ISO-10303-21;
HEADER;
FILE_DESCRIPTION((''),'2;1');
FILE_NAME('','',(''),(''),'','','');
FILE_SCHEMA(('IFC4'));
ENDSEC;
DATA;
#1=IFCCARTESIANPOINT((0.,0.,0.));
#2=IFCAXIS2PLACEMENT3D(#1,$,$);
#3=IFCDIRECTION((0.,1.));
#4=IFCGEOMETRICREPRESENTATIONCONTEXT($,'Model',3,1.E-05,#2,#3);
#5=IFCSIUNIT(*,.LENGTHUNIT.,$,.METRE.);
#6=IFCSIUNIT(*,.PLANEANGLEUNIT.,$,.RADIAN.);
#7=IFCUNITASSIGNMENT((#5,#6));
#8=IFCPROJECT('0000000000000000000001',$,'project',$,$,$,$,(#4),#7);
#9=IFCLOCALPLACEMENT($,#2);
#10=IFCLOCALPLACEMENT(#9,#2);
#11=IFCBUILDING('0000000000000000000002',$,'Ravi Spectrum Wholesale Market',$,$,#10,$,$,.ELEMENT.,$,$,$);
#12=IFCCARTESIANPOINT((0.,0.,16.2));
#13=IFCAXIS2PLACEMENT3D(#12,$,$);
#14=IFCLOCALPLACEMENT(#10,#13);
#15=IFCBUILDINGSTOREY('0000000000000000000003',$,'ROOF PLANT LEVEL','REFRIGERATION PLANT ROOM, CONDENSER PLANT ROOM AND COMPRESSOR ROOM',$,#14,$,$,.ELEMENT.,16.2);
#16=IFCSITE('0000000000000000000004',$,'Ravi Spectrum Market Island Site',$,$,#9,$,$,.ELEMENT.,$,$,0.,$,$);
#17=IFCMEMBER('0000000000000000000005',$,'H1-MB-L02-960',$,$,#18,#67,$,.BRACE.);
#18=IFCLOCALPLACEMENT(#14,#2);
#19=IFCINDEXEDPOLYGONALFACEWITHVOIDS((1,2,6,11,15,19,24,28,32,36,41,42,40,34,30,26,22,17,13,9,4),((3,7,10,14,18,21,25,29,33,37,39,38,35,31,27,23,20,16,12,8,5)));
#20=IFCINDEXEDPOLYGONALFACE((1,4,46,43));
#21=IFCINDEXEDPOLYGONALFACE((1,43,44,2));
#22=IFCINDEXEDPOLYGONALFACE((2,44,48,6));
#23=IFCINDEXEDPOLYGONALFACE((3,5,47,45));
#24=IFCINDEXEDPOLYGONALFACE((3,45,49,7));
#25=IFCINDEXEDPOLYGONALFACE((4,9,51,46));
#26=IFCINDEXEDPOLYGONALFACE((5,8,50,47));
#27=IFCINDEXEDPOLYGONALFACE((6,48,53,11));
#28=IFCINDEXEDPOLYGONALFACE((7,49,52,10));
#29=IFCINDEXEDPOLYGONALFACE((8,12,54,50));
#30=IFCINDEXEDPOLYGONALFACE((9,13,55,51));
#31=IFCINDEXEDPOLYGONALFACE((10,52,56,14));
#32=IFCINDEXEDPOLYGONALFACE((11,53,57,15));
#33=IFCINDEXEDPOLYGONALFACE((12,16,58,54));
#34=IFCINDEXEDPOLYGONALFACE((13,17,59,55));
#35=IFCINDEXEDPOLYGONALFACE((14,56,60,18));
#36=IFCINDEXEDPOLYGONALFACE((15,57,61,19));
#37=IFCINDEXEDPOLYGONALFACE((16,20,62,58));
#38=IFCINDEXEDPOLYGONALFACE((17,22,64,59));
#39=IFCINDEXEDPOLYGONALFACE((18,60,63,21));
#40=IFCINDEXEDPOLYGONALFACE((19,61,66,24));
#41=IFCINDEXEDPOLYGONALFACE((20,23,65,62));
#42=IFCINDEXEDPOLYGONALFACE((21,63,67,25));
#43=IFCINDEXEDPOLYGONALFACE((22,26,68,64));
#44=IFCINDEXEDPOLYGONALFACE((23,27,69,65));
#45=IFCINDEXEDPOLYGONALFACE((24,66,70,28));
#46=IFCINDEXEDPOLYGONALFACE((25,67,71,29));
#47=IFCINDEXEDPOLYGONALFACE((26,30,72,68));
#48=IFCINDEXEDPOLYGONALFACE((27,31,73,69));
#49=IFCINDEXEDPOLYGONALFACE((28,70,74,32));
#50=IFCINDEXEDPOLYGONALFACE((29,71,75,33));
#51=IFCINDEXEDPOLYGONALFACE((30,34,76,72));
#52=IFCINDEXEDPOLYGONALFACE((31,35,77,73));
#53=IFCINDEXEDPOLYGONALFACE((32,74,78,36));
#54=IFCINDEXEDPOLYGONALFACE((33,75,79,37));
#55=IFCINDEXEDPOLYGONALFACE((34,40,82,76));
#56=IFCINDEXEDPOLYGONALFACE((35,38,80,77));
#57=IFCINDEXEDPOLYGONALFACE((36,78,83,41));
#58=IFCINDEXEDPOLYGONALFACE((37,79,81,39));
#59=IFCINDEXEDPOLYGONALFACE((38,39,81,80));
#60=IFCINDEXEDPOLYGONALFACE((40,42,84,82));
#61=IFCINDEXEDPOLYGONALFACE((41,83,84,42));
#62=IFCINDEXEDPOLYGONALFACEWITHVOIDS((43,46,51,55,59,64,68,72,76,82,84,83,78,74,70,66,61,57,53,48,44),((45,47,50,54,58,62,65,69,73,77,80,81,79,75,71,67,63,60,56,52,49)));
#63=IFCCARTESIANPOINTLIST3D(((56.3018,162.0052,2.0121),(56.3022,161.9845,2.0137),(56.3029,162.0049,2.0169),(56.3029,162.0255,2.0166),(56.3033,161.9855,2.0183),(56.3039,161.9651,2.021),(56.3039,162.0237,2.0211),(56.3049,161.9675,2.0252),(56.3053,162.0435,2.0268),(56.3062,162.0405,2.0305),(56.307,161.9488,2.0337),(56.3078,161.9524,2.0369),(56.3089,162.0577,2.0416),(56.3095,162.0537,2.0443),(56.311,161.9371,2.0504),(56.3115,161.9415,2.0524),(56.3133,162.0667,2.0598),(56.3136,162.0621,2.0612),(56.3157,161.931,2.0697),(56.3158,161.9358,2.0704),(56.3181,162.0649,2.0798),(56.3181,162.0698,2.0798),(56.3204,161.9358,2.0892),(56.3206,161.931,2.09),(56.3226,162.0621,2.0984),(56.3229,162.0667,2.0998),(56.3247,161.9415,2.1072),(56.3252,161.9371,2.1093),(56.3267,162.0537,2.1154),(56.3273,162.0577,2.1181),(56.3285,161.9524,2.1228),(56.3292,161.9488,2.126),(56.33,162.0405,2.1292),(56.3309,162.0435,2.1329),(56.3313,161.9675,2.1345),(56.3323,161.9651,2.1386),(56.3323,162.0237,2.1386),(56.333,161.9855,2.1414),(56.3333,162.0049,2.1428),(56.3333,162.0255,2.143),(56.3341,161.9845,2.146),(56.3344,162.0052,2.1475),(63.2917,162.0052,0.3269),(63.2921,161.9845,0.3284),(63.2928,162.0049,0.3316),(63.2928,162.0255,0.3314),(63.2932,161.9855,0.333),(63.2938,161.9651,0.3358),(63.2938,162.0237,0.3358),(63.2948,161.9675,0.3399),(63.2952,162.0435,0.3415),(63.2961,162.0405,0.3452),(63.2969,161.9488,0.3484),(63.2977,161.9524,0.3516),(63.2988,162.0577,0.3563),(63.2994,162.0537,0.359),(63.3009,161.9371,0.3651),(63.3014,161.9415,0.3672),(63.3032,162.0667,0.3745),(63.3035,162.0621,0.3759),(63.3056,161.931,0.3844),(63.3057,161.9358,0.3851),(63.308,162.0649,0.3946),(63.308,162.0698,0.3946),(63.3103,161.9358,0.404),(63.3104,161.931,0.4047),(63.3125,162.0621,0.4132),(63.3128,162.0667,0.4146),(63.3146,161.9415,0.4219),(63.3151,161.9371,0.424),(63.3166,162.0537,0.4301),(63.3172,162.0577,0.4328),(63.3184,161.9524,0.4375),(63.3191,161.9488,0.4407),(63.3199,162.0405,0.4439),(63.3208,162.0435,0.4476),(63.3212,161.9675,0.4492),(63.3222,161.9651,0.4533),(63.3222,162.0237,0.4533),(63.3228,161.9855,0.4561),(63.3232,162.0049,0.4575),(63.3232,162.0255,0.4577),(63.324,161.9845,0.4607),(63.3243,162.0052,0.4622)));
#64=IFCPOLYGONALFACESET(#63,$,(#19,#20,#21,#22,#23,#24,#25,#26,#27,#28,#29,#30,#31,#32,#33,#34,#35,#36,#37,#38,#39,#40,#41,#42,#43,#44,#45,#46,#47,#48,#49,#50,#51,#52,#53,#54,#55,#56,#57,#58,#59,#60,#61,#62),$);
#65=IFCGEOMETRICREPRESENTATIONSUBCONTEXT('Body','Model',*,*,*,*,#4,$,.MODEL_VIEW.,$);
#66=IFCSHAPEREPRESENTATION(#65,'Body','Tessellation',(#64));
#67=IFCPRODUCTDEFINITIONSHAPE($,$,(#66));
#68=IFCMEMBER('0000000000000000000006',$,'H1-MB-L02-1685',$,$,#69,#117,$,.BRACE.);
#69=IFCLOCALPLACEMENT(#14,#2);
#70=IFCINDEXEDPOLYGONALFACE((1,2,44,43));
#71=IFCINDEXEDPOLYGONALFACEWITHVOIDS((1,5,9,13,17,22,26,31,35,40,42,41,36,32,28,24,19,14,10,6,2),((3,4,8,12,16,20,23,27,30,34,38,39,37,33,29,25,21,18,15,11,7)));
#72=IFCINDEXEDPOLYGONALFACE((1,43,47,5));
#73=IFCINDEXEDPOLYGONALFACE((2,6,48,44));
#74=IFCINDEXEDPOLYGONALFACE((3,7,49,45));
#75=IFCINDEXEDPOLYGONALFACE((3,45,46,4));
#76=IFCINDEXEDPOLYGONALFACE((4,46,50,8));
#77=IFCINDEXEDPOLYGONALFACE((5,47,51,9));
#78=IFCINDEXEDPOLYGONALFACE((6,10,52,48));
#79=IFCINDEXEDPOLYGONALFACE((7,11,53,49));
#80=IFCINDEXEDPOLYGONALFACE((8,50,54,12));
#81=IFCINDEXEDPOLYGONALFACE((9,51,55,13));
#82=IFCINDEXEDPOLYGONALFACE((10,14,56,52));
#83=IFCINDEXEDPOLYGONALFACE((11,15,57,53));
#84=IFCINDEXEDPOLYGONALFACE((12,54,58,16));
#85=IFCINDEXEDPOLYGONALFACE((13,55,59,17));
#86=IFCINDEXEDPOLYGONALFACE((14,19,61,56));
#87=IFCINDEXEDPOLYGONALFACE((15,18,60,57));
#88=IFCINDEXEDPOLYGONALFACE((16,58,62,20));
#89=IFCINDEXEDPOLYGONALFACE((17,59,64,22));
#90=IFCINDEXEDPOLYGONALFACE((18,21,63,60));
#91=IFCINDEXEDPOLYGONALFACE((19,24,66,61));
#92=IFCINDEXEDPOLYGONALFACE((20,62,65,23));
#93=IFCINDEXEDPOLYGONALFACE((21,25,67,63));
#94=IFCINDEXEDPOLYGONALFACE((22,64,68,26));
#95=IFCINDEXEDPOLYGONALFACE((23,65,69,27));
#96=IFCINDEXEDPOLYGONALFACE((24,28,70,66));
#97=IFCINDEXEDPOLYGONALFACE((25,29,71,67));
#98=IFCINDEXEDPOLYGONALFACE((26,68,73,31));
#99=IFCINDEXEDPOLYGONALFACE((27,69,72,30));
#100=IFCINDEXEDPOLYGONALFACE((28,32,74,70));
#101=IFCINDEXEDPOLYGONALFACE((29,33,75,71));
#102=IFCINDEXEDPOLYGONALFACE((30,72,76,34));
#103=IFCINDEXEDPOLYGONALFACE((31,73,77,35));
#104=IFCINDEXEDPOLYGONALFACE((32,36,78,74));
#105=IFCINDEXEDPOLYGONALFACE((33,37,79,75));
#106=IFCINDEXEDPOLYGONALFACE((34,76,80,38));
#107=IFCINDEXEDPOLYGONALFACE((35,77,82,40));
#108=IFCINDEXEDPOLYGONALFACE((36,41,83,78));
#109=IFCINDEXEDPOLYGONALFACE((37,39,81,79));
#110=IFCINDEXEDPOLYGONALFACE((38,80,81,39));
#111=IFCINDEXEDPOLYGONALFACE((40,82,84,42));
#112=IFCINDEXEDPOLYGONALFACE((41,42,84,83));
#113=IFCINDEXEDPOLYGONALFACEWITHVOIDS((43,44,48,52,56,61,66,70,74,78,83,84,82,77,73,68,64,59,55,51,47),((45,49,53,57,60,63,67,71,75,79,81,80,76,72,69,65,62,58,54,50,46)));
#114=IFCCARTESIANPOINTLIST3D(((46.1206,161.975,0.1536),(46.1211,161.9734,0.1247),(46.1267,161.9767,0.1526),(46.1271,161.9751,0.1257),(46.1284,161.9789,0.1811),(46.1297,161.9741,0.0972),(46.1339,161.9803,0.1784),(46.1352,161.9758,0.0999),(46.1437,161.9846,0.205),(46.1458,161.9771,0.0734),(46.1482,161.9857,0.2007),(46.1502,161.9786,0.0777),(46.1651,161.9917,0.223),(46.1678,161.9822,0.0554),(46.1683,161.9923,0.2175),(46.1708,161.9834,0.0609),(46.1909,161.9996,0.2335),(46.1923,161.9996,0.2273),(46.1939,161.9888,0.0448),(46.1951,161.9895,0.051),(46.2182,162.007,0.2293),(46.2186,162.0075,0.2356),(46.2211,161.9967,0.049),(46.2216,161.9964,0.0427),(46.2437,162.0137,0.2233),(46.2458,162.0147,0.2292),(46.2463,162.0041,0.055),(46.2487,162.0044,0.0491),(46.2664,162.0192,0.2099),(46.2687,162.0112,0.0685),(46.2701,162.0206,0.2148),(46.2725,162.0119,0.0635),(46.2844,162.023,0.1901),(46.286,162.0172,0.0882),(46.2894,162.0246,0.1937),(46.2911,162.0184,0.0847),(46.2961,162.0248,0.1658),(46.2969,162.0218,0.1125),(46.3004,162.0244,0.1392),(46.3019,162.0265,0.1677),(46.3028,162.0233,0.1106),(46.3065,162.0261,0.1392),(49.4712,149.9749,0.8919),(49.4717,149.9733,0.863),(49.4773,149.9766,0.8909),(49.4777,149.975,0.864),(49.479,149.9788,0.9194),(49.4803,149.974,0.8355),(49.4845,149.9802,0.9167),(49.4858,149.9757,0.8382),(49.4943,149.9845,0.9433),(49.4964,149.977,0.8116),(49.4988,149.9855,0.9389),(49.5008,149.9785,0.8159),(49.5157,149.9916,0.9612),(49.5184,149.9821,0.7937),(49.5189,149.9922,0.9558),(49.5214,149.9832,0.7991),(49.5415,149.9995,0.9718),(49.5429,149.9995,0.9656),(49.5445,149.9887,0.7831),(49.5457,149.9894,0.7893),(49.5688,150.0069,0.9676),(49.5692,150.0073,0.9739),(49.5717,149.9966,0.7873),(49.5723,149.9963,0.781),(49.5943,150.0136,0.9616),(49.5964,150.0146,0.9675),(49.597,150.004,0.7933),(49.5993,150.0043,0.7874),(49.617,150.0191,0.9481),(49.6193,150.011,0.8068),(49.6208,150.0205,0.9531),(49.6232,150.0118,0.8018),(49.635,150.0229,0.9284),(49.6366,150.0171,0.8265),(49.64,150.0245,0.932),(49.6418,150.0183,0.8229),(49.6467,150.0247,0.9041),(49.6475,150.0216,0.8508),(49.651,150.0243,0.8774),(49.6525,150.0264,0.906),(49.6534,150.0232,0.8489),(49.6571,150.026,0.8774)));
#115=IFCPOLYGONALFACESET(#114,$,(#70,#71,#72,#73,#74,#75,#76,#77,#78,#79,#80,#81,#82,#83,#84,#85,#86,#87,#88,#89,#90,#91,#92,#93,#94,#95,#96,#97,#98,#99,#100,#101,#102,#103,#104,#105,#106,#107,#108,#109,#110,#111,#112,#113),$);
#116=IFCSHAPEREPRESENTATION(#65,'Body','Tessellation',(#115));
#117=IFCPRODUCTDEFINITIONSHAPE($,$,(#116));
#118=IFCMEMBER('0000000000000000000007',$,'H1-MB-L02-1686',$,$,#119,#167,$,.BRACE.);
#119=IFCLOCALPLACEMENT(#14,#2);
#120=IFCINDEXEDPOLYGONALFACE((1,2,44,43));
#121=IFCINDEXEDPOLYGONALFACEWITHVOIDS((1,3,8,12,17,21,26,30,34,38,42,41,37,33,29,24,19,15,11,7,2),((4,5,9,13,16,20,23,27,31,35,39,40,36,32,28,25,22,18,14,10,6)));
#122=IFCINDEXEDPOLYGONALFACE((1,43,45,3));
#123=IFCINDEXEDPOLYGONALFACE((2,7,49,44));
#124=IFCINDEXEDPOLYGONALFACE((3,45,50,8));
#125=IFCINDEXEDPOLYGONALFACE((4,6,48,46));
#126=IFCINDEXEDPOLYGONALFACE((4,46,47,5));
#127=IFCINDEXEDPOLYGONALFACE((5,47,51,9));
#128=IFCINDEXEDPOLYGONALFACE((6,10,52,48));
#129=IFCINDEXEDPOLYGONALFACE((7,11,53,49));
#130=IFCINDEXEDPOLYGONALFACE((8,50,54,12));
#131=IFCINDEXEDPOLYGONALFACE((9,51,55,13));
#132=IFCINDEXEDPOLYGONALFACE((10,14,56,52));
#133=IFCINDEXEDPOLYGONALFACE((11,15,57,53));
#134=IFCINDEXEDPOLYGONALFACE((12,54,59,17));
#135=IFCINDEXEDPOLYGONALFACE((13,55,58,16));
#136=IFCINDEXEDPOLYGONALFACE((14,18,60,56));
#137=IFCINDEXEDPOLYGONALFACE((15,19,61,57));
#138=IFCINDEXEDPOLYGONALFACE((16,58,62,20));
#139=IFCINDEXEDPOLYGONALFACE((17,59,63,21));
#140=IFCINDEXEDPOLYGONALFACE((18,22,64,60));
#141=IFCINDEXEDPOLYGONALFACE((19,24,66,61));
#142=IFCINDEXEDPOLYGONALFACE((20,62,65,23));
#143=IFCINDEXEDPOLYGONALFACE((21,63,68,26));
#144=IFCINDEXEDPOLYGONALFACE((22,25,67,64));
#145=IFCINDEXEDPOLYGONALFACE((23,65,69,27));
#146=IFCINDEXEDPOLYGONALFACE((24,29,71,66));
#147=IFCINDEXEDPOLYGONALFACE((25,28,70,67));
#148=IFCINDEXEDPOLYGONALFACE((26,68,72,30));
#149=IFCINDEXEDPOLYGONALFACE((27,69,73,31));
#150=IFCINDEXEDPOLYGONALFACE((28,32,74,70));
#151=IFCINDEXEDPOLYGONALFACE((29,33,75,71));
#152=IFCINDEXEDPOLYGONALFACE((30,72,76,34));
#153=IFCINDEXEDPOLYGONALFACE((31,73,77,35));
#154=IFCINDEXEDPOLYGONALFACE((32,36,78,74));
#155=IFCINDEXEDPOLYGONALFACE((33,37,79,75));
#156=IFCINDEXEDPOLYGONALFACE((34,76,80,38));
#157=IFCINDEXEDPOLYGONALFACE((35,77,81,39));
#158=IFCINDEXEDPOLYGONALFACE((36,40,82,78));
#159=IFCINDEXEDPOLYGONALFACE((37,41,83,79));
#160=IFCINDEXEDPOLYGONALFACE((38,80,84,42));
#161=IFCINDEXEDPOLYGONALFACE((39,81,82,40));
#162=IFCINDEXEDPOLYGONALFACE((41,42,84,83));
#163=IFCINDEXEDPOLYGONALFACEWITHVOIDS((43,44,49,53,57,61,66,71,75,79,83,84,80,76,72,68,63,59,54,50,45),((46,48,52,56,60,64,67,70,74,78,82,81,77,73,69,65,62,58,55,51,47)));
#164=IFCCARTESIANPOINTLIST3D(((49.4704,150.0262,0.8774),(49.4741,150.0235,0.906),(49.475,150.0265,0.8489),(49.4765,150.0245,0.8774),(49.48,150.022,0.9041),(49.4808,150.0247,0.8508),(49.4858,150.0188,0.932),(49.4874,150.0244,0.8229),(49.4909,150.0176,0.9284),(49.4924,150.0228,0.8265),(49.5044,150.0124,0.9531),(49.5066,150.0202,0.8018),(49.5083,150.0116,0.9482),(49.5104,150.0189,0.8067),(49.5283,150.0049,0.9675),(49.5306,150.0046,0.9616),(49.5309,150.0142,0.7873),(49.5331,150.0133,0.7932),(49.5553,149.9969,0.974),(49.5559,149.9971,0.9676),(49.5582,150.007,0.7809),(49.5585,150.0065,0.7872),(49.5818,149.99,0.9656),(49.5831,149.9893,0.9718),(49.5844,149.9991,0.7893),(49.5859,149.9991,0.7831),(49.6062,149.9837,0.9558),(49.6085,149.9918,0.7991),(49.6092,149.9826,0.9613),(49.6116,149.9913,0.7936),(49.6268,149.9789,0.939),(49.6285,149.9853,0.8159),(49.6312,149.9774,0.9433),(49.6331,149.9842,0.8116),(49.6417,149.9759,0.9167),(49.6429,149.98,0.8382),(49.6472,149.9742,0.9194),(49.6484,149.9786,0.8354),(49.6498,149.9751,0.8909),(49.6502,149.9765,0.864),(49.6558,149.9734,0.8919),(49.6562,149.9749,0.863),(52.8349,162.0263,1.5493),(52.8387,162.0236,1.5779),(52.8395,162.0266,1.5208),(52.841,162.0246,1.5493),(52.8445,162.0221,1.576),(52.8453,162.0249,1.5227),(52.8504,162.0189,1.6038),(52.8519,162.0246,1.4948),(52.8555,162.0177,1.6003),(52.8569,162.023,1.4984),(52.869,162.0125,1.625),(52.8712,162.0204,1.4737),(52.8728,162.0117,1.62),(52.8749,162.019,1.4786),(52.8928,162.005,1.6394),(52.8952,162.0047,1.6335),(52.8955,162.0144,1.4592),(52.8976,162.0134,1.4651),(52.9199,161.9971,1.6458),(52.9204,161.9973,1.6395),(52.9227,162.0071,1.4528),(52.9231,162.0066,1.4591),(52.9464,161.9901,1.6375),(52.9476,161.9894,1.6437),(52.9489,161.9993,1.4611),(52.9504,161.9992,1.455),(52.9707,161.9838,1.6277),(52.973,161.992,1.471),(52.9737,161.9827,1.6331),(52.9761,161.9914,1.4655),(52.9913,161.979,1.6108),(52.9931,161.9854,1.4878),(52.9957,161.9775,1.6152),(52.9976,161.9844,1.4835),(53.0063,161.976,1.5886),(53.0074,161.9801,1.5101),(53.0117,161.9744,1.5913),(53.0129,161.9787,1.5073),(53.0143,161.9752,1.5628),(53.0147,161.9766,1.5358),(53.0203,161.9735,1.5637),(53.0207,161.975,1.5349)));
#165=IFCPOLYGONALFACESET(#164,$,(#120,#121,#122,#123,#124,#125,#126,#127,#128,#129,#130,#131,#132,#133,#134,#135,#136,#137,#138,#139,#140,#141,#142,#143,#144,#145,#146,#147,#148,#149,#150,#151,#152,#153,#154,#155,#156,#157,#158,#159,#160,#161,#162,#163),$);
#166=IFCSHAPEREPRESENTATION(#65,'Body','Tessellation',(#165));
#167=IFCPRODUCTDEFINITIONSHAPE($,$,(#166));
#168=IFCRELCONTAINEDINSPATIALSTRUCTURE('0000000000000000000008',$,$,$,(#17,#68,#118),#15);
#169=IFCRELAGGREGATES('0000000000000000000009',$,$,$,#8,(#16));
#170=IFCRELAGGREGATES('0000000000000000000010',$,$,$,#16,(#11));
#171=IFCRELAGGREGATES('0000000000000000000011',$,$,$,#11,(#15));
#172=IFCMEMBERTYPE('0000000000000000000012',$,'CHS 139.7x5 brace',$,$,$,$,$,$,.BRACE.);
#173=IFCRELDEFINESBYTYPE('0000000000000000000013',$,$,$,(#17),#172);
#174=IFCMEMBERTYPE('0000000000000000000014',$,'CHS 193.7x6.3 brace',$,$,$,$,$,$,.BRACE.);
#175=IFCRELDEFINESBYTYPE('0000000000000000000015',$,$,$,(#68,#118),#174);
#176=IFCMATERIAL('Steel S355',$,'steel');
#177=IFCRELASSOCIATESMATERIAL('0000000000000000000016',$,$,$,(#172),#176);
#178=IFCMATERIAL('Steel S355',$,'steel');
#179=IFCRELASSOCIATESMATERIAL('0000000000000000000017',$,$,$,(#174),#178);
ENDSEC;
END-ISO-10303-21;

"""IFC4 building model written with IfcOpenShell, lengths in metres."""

from ifc_helpers import new_model, si_unit, direction, frame, origin, origin_2d, place, context, subcontext, project, spatial, hollow_circle, extrude, material, material_profile, profile_set, type_object, element, save


model = new_model("IFC4")

# Units and contexts
model_context = context("Model", 3, precision=1e-05, world=origin(), true_north=direction((0.0, 1.0)))
body_context = subcontext(model_context, "Body", "Model", "MODEL_VIEW")
ifc_project = project(units=[si_unit("LENGTHUNIT", "METRE"), si_unit("PLANEANGLEUNIT", "RADIAN")], contexts=[model_context])

# Site, building, storey
site_placement = place(None, origin())
site = spatial("IfcSite", under=ifc_project, at=site_placement, Name="Ravi Spectrum Market Island Site", CompositionType="ELEMENT", RefElevation=0.0)
building_placement = place(site_placement, origin())
building = spatial("IfcBuilding", under=site, at=building_placement, Name="Ravi Spectrum Wholesale Market", CompositionType="ELEMENT")
storey_placement = place(building_placement, frame((0.0, 0.0, 16.2)))
storey = spatial("IfcBuildingStorey", under=building, at=storey_placement, Name="ROOF PLANT LEVEL", Description="REFRIGERATION PLANT ROOM, CONDENSER PLANT ROOM AND COMPRESSOR ROOM", CompositionType="ELEMENT", Elevation=16.2)

# Members
ifc_material_1 = material(Name="Steel S355", Category="steel")
ifc_material_profile_1 = material_profile(ifc_material_1, hollow_circle(Radius=0.0698, WallThickness=0.0049, at=origin_2d()))
ifc_profile_set_1 = profile_set([ifc_material_profile_1], Name="Steel S355")
member_type_1 = type_object("IfcMemberType", Name="CHS 139.7x5 brace", PredefinedType="BRACE", material=ifc_profile_set_1)
member_1_placement = place(storey_placement, frame((56.3181, 162.0, 2.0798), z_axis=(0.972144, 0.0, -0.234386), x_axis=(0.0, 1.0, 0.0)))
element("IfcMember", 1, at=member_1_placement, inside=storey, type_object=member_type_1, Name="H1-MB-L02-960", PredefinedType="BRACE", context=body_context, shape_type="SweptSolid", body=[
    extrude(hollow_circle(Radius=0.0698, WallThickness=0.0049, at=origin_2d()), origin(), (0.0, 0.0, 1.0), 7.1902),
])
ifc_material_2 = material(Name="Steel S355", Category="steel")
ifc_material_profile_2 = material_profile(ifc_material_2, hollow_circle(Radius=0.0969, WallThickness=0.0063, at=origin_2d()))
ifc_profile_set_2 = profile_set([ifc_material_profile_2], Name="Steel S355")
member_type_2 = type_object("IfcMemberType", Name="CHS 193.7x6.3 brace", PredefinedType="BRACE", material=ifc_profile_set_2)
for number, where, z_axis, x_axis, name in (
    (2, (46.2131, 162.0, 0.1392), (0.268458, -0.961473, 0.059153), (0.96316, 0.268929, 0.0), "H1-MB-L02-1685"),
    (3, (49.5637, 150.0, 0.8774), (0.269573, 0.961474, 0.053833), (-0.96287, 0.269965, 0.0), "H1-MB-L02-1686"),
):
    element("IfcMember", number, at=place(storey_placement, frame(where, z_axis=z_axis, x_axis=x_axis)), inside=storey, type_object=member_type_2, Name=name, PredefinedType="BRACE", context=body_context, shape_type="SweptSolid", body=[
        extrude(hollow_circle(Radius=0.0969, WallThickness=0.0063, at=origin_2d()), origin(), (0.0, 0.0, 1.0), 12.481),
    ])

save(model, "model.ifc")
